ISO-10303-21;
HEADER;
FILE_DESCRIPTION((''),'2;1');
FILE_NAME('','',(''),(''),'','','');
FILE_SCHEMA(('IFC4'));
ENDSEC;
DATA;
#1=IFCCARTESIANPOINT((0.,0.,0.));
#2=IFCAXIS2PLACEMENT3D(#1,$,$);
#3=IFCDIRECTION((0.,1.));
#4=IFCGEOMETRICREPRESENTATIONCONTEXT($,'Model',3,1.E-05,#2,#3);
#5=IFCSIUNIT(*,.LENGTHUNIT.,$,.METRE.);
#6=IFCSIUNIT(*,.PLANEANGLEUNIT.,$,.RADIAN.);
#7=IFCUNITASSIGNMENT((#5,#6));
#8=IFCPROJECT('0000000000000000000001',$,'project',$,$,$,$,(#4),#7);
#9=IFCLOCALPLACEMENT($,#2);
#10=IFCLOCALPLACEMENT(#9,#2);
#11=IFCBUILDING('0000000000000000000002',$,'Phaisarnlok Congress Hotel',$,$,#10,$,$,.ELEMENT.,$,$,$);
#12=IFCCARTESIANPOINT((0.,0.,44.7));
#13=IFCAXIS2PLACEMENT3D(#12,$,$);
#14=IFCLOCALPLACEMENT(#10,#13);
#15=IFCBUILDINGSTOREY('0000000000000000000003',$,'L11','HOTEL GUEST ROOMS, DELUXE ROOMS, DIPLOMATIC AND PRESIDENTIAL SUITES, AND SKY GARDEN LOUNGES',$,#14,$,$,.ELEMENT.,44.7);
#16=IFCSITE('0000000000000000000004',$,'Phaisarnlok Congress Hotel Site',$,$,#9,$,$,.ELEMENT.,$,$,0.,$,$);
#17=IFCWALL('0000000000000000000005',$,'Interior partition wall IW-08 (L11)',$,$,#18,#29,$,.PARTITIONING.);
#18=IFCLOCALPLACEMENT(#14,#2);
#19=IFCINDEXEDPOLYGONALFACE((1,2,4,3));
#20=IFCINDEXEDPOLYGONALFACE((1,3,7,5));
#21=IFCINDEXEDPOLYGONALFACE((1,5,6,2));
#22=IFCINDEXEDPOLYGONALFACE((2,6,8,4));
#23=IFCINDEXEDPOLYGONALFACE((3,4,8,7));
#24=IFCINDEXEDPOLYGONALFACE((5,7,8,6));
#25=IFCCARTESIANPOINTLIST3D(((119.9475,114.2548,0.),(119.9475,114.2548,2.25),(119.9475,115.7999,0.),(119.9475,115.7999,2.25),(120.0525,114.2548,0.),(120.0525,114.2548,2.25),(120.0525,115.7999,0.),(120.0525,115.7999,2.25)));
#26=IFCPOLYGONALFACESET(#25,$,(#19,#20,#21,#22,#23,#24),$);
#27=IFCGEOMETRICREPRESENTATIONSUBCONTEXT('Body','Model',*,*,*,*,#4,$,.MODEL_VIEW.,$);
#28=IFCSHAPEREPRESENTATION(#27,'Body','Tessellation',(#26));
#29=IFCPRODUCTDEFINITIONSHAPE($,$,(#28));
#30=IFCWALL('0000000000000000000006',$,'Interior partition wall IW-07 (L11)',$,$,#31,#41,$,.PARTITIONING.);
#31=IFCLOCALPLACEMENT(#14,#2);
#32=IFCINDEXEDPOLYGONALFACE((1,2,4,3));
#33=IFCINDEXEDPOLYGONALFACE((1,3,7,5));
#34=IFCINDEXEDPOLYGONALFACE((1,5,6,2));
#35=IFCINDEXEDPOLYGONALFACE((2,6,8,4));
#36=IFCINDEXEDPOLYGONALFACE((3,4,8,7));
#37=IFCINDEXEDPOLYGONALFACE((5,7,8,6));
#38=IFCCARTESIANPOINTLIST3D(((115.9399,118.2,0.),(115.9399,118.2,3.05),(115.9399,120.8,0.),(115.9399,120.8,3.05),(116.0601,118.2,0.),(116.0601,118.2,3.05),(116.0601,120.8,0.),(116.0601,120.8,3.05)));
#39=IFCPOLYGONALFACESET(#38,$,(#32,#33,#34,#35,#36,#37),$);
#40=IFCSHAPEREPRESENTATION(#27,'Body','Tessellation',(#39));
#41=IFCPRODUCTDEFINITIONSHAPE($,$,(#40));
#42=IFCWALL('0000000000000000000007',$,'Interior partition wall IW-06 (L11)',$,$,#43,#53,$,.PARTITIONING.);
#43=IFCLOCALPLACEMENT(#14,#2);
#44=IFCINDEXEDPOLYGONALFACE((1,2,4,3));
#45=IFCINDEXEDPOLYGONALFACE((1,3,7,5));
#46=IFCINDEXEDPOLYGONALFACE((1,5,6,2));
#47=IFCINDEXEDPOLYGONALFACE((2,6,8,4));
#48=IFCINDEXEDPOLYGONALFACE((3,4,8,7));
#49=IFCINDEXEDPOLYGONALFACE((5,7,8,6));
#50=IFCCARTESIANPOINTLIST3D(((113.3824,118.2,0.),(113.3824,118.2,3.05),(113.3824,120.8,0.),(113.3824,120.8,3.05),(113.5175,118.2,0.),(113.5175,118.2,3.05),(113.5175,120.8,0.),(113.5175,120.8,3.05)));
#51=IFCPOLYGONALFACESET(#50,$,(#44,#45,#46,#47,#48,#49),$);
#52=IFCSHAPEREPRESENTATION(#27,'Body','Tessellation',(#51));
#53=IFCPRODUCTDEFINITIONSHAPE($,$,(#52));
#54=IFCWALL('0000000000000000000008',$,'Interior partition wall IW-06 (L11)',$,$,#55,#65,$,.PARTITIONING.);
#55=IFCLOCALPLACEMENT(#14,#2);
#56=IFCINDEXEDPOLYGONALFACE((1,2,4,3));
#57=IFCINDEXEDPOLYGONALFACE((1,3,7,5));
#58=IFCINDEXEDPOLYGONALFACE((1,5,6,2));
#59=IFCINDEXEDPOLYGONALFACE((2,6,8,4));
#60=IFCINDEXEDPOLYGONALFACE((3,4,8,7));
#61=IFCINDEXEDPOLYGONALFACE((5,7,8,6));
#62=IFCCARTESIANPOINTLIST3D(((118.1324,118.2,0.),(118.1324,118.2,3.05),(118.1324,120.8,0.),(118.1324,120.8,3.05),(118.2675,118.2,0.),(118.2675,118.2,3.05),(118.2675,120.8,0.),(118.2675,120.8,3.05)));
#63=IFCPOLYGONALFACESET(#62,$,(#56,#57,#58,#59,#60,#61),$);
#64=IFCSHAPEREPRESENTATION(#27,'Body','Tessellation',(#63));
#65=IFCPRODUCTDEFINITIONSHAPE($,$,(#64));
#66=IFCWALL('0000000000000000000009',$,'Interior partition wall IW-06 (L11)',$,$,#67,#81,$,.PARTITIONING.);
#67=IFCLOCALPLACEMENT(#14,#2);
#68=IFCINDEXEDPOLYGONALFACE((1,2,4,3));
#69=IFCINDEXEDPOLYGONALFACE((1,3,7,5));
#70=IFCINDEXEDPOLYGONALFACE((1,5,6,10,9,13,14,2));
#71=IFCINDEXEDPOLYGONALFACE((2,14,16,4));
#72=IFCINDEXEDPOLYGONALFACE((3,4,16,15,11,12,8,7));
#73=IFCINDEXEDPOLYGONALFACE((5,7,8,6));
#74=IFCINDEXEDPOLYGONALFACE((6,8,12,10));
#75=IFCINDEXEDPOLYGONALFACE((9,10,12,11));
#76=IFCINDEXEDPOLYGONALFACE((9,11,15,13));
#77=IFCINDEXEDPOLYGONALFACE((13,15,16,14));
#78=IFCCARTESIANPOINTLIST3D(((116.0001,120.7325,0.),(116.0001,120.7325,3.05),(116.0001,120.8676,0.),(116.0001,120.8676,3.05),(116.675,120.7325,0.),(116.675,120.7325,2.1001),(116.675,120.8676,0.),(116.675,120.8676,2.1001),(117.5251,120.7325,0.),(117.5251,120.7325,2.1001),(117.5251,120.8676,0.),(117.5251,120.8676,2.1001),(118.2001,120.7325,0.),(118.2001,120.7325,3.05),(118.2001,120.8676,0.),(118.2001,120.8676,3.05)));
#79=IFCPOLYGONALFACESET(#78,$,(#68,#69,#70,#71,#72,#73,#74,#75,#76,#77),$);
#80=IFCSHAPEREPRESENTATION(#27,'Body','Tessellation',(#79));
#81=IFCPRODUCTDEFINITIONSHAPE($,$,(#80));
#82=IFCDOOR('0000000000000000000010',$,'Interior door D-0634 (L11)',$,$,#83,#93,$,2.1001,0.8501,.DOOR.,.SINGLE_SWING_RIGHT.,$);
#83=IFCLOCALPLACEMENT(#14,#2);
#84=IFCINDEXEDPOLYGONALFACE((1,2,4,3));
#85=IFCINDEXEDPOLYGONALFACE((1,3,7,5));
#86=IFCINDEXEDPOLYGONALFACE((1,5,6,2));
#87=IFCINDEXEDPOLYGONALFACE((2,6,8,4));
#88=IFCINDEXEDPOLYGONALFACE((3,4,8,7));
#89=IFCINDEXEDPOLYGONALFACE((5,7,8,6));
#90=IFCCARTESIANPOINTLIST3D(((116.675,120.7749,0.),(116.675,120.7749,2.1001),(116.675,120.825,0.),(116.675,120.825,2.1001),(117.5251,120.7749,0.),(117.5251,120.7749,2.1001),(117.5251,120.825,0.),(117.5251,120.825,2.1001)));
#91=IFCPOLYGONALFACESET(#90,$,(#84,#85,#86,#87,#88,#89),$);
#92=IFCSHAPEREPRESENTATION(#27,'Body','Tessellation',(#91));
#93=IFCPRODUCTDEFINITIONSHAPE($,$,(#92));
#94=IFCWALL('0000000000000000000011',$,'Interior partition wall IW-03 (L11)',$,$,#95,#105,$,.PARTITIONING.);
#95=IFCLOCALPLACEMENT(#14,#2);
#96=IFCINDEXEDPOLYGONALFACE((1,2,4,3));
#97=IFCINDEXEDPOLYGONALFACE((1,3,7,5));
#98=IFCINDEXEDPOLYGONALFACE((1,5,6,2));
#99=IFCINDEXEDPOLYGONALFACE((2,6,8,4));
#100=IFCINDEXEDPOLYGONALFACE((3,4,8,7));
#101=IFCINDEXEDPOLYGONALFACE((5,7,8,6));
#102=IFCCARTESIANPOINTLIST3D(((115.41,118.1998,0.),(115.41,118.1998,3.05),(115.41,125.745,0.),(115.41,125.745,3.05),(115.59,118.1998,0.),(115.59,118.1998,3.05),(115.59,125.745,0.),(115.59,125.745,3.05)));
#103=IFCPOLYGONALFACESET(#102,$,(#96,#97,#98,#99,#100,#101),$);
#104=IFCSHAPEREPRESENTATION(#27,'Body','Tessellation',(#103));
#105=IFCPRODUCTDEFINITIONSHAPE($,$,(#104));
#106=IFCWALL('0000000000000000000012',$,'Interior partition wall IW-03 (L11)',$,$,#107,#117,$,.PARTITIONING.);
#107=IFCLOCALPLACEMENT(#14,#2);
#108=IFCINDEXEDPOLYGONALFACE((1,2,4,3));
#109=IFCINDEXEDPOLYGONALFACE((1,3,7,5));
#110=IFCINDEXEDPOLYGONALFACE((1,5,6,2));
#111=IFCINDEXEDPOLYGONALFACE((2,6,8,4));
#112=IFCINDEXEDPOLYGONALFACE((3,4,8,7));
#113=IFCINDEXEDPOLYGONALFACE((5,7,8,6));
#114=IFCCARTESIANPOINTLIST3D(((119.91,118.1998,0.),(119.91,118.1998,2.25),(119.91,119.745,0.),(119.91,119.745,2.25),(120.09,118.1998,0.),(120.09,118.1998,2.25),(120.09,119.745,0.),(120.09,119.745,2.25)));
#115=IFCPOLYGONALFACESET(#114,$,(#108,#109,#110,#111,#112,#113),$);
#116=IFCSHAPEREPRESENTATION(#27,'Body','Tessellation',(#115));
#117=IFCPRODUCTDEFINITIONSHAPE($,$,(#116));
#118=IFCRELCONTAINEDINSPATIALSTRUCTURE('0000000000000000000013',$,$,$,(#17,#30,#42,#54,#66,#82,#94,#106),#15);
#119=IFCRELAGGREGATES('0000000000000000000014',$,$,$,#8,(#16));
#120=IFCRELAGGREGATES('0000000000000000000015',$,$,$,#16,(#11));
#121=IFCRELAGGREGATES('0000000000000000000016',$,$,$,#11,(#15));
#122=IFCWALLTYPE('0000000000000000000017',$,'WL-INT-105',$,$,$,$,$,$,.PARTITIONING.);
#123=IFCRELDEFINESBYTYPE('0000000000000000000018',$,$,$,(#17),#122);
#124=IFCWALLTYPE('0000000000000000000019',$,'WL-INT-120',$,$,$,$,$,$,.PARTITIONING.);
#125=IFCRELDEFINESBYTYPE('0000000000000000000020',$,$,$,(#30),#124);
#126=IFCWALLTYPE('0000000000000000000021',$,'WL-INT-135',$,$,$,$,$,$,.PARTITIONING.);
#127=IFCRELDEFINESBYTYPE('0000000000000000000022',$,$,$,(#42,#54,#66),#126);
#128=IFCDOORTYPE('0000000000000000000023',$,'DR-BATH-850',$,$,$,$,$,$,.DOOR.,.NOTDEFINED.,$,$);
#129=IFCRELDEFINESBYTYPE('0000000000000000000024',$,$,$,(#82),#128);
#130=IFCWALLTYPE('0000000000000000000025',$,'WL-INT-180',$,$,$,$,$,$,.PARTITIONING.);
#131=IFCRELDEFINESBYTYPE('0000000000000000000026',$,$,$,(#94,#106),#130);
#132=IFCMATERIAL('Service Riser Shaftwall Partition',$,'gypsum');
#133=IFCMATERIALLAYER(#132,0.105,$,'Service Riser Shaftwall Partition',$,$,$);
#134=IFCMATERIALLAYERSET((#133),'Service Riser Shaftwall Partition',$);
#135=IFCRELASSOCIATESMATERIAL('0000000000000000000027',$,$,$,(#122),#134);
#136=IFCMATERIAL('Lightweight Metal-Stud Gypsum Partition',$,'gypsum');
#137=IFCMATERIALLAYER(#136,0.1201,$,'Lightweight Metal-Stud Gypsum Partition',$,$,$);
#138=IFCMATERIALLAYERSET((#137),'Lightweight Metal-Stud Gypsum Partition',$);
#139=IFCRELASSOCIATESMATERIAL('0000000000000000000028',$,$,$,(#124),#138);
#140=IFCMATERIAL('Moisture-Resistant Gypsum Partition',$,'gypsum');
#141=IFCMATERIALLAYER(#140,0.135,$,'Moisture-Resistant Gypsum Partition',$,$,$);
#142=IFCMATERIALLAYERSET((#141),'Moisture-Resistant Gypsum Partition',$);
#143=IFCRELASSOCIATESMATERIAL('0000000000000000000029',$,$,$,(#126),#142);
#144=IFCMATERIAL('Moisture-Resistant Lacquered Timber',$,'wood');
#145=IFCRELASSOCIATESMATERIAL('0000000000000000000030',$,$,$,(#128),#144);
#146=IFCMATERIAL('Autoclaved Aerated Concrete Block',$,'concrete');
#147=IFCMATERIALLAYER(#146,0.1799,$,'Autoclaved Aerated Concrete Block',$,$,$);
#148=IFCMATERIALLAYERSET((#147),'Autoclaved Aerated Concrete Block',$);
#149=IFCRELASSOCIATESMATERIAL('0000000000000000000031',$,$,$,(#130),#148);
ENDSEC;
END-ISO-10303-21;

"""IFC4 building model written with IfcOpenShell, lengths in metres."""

from ifc_helpers import new_model, si_unit, direction, frame, frame_2d, origin, place, context, subcontext, project, spatial, rectangle, extrude, material, layer, layer_set, type_object, element, fill, save


model = new_model("IFC4")

# Units and contexts
model_context = context("Model", 3, precision=1e-05, world=origin(), true_north=direction((0.0, 1.0)))
body_context = subcontext(model_context, "Body", "Model", "MODEL_VIEW")
ifc_project = project(units=[si_unit("LENGTHUNIT", "METRE"), si_unit("PLANEANGLEUNIT", "RADIAN")], contexts=[model_context])

# Site, building, storey
site_placement = place(None, origin())
site = spatial("IfcSite", under=ifc_project, at=site_placement, Name="Phaisarnlok Congress Hotel Site", CompositionType="ELEMENT", RefElevation=0.0)
building_placement = place(site_placement, origin())
building = spatial("IfcBuilding", under=site, at=building_placement, Name="Phaisarnlok Congress Hotel", CompositionType="ELEMENT")
storey_placement = place(building_placement, frame((0.0, 0.0, 44.7)))
storey = spatial("IfcBuildingStorey", under=building, at=storey_placement, Name="L11", Description="HOTEL GUEST ROOMS, DELUXE ROOMS, DIPLOMATIC AND PRESIDENTIAL SUITES, AND SKY GARDEN LOUNGES", CompositionType="ELEMENT", Elevation=44.7)

# Walls
ifc_material_1 = material(Name="Service Riser Shaftwall Partition", Category="gypsum")
ifc_layer_1 = layer(ifc_material_1, 0.105, Name="Service Riser Shaftwall Partition")
ifc_layer_set_1 = layer_set([ifc_layer_1], Name="Service Riser Shaftwall Partition")
wall_type_1 = type_object("IfcWallType", Name="WL-INT-105", PredefinedType="PARTITIONING", material=ifc_layer_set_1)
wall_1_placement = place(storey_placement, frame((120.0, 114.2549, 0.0), z_axis=(0.0, 0.0, 1.0), x_axis=(0.0, 1.0, 0.0)))
element("IfcWall", 1, at=wall_1_placement, inside=storey, type_object=wall_type_1, Name="Interior partition wall IW-08 (L11)", PredefinedType="PARTITIONING", context=body_context, shape_type="SweptSolid", body=[
    extrude(rectangle(XDim=1.5452, YDim=0.105, at=frame_2d((0.7725, 0.0))), origin(), (0.0, 0.0, 1.0), 2.25),
])
ifc_material_2 = material(Name="Lightweight Metal-Stud Gypsum Partition", Category="gypsum")
ifc_layer_2 = layer(ifc_material_2, 0.1201, Name="Lightweight Metal-Stud Gypsum Partition")
ifc_layer_set_2 = layer_set([ifc_layer_2], Name="Lightweight Metal-Stud Gypsum Partition")
wall_type_2 = type_object("IfcWallType", Name="WL-INT-120", PredefinedType="PARTITIONING", material=ifc_layer_set_2)
wall_2_placement = place(storey_placement, frame((116.0, 118.2, 0.0), z_axis=(0.0, 0.0, 1.0), x_axis=(0.0, 1.0, 0.0)))
element("IfcWall", 2, at=wall_2_placement, inside=storey, type_object=wall_type_2, Name="Interior partition wall IW-07 (L11)", PredefinedType="PARTITIONING", context=body_context, shape_type="SweptSolid", body=[
    extrude(rectangle(XDim=2.6001, YDim=0.1201, at=frame_2d((1.3, 0.0))), origin(), (0.0, 0.0, 1.0), 3.05),
])
ifc_material_3 = material(Name="Moisture-Resistant Gypsum Partition", Category="gypsum")
ifc_layer_3 = layer(ifc_material_3, 0.135, Name="Moisture-Resistant Gypsum Partition")
ifc_layer_set_3 = layer_set([ifc_layer_3], Name="Moisture-Resistant Gypsum Partition")
wall_type_3 = type_object("IfcWallType", Name="WL-INT-135", PredefinedType="PARTITIONING", material=ifc_layer_set_3)
for number, where, z_axis, x_axis, name in (
    (3, (113.45, 118.2, 0.0), (0.0, 0.0, 1.0), (0.0, 1.0, 0.0), "Interior partition wall IW-06 (L11)"),
    (4, (118.2, 118.2, 0.0), (0.0, 0.0, 1.0), (0.0, 1.0, 0.0), "Interior partition wall IW-06 (L11)"),
):
    element("IfcWall", number, at=place(storey_placement, frame(where, z_axis=z_axis, x_axis=x_axis)), inside=storey, type_object=wall_type_3, Name=name, PredefinedType="PARTITIONING", context=body_context, shape_type="SweptSolid", body=[
        extrude(rectangle(XDim=2.6001, YDim=0.135, at=frame_2d((1.3, 0.0))), origin(), (0.0, 0.0, 1.0), 3.05),
    ])

# Wall, opening, door
wall_3_placement = place(storey_placement, frame((116.0, 120.8, 0.0), z_axis=(0.0, 0.0, 1.0), x_axis=(1.0, 0.0, 0.0)))
wall_3 = element("IfcWall", 5, at=wall_3_placement, inside=storey, type_object=wall_type_3, Name="Interior partition wall IW-06 (L11)", PredefinedType="PARTITIONING", context=body_context, shape_type="SweptSolid", body=[
    extrude(rectangle(XDim=2.2, YDim=0.135, at=frame_2d((1.1001, 0.0))), origin(), (0.0, 0.0, 1.0), 3.05),
])
opening_1_placement = place(wall_3_placement, frame((0.675, 0.0, 0.0)))
opening_1 = element("IfcOpeningElement", 6, at=opening_1_placement, cuts=wall_3, PredefinedType="OPENING", context=body_context, shape_type="SweptSolid", body=[
    extrude(rectangle(XDim=0.8501, YDim=2.1001, at=frame_2d((0.425, 1.05))), frame((0.0, 0.0776, 0.0), z_axis=(0.0, -1.0, 0.0), x_axis=(1.0, 0.0, 0.0)), (0.0, 0.0, 1.0), 0.155),
])
ifc_material_4 = material(Name="Moisture-Resistant Lacquered Timber", Category="wood")
door_type = type_object("IfcDoorType", Name="DR-BATH-850", OperationType="NOTDEFINED", PredefinedType="DOOR", material=ifc_material_4)
door_placement = place(opening_1_placement, origin())
door = element("IfcDoor", 7, at=door_placement, inside=storey, type_object=door_type, Name="Interior door D-0634 (L11)", OperationType="SINGLE_SWING_RIGHT", OverallHeight=2.1001, OverallWidth=0.8501, PredefinedType="DOOR", context=body_context, shape_type="SweptSolid", body=[
    extrude(rectangle(XDim=0.8501, YDim=2.1001, at=frame_2d((0.425, 1.05))), frame((0.0, 0.0249, 0.0), z_axis=(0.0, -1.0, 0.0), x_axis=(1.0, 0.0, 0.0)), (0.0, 0.0, 1.0), 0.05),
])
fill(opening_1, door)

# Walls
ifc_material_5 = material(Name="Autoclaved Aerated Concrete Block", Category="concrete")
ifc_layer_4 = layer(ifc_material_5, 0.1799, Name="Autoclaved Aerated Concrete Block")
ifc_layer_set_4 = layer_set([ifc_layer_4], Name="Autoclaved Aerated Concrete Block")
wall_type_4 = type_object("IfcWallType", Name="WL-INT-180", PredefinedType="PARTITIONING", material=ifc_layer_set_4)
wall_4_placement = place(storey_placement, frame((115.5, 118.2, 0.0), z_axis=(0.0, 0.0, 1.0), x_axis=(0.0, 1.0, 0.0)))
element("IfcWall", 8, at=wall_4_placement, inside=storey, type_object=wall_type_4, Name="Interior partition wall IW-03 (L11)", PredefinedType="PARTITIONING", context=body_context, shape_type="SweptSolid", body=[
    extrude(rectangle(XDim=7.5452, YDim=0.1799, at=frame_2d((3.7725, 0.0))), origin(), (0.0, 0.0, 1.0), 3.05),
])
wall_5_placement = place(storey_placement, frame((120.0, 118.2, 0.0), z_axis=(0.0, 0.0, 1.0), x_axis=(0.0, 1.0, 0.0)))
element("IfcWall", 9, at=wall_5_placement, inside=storey, type_object=wall_type_4, Name="Interior partition wall IW-03 (L11)", PredefinedType="PARTITIONING", context=body_context, shape_type="SweptSolid", body=[
    extrude(rectangle(XDim=1.5452, YDim=0.1799, at=frame_2d((0.7725, 0.0))), origin(), (0.0, 0.0, 1.0), 2.25),
])

save(model, "model.ifc")
